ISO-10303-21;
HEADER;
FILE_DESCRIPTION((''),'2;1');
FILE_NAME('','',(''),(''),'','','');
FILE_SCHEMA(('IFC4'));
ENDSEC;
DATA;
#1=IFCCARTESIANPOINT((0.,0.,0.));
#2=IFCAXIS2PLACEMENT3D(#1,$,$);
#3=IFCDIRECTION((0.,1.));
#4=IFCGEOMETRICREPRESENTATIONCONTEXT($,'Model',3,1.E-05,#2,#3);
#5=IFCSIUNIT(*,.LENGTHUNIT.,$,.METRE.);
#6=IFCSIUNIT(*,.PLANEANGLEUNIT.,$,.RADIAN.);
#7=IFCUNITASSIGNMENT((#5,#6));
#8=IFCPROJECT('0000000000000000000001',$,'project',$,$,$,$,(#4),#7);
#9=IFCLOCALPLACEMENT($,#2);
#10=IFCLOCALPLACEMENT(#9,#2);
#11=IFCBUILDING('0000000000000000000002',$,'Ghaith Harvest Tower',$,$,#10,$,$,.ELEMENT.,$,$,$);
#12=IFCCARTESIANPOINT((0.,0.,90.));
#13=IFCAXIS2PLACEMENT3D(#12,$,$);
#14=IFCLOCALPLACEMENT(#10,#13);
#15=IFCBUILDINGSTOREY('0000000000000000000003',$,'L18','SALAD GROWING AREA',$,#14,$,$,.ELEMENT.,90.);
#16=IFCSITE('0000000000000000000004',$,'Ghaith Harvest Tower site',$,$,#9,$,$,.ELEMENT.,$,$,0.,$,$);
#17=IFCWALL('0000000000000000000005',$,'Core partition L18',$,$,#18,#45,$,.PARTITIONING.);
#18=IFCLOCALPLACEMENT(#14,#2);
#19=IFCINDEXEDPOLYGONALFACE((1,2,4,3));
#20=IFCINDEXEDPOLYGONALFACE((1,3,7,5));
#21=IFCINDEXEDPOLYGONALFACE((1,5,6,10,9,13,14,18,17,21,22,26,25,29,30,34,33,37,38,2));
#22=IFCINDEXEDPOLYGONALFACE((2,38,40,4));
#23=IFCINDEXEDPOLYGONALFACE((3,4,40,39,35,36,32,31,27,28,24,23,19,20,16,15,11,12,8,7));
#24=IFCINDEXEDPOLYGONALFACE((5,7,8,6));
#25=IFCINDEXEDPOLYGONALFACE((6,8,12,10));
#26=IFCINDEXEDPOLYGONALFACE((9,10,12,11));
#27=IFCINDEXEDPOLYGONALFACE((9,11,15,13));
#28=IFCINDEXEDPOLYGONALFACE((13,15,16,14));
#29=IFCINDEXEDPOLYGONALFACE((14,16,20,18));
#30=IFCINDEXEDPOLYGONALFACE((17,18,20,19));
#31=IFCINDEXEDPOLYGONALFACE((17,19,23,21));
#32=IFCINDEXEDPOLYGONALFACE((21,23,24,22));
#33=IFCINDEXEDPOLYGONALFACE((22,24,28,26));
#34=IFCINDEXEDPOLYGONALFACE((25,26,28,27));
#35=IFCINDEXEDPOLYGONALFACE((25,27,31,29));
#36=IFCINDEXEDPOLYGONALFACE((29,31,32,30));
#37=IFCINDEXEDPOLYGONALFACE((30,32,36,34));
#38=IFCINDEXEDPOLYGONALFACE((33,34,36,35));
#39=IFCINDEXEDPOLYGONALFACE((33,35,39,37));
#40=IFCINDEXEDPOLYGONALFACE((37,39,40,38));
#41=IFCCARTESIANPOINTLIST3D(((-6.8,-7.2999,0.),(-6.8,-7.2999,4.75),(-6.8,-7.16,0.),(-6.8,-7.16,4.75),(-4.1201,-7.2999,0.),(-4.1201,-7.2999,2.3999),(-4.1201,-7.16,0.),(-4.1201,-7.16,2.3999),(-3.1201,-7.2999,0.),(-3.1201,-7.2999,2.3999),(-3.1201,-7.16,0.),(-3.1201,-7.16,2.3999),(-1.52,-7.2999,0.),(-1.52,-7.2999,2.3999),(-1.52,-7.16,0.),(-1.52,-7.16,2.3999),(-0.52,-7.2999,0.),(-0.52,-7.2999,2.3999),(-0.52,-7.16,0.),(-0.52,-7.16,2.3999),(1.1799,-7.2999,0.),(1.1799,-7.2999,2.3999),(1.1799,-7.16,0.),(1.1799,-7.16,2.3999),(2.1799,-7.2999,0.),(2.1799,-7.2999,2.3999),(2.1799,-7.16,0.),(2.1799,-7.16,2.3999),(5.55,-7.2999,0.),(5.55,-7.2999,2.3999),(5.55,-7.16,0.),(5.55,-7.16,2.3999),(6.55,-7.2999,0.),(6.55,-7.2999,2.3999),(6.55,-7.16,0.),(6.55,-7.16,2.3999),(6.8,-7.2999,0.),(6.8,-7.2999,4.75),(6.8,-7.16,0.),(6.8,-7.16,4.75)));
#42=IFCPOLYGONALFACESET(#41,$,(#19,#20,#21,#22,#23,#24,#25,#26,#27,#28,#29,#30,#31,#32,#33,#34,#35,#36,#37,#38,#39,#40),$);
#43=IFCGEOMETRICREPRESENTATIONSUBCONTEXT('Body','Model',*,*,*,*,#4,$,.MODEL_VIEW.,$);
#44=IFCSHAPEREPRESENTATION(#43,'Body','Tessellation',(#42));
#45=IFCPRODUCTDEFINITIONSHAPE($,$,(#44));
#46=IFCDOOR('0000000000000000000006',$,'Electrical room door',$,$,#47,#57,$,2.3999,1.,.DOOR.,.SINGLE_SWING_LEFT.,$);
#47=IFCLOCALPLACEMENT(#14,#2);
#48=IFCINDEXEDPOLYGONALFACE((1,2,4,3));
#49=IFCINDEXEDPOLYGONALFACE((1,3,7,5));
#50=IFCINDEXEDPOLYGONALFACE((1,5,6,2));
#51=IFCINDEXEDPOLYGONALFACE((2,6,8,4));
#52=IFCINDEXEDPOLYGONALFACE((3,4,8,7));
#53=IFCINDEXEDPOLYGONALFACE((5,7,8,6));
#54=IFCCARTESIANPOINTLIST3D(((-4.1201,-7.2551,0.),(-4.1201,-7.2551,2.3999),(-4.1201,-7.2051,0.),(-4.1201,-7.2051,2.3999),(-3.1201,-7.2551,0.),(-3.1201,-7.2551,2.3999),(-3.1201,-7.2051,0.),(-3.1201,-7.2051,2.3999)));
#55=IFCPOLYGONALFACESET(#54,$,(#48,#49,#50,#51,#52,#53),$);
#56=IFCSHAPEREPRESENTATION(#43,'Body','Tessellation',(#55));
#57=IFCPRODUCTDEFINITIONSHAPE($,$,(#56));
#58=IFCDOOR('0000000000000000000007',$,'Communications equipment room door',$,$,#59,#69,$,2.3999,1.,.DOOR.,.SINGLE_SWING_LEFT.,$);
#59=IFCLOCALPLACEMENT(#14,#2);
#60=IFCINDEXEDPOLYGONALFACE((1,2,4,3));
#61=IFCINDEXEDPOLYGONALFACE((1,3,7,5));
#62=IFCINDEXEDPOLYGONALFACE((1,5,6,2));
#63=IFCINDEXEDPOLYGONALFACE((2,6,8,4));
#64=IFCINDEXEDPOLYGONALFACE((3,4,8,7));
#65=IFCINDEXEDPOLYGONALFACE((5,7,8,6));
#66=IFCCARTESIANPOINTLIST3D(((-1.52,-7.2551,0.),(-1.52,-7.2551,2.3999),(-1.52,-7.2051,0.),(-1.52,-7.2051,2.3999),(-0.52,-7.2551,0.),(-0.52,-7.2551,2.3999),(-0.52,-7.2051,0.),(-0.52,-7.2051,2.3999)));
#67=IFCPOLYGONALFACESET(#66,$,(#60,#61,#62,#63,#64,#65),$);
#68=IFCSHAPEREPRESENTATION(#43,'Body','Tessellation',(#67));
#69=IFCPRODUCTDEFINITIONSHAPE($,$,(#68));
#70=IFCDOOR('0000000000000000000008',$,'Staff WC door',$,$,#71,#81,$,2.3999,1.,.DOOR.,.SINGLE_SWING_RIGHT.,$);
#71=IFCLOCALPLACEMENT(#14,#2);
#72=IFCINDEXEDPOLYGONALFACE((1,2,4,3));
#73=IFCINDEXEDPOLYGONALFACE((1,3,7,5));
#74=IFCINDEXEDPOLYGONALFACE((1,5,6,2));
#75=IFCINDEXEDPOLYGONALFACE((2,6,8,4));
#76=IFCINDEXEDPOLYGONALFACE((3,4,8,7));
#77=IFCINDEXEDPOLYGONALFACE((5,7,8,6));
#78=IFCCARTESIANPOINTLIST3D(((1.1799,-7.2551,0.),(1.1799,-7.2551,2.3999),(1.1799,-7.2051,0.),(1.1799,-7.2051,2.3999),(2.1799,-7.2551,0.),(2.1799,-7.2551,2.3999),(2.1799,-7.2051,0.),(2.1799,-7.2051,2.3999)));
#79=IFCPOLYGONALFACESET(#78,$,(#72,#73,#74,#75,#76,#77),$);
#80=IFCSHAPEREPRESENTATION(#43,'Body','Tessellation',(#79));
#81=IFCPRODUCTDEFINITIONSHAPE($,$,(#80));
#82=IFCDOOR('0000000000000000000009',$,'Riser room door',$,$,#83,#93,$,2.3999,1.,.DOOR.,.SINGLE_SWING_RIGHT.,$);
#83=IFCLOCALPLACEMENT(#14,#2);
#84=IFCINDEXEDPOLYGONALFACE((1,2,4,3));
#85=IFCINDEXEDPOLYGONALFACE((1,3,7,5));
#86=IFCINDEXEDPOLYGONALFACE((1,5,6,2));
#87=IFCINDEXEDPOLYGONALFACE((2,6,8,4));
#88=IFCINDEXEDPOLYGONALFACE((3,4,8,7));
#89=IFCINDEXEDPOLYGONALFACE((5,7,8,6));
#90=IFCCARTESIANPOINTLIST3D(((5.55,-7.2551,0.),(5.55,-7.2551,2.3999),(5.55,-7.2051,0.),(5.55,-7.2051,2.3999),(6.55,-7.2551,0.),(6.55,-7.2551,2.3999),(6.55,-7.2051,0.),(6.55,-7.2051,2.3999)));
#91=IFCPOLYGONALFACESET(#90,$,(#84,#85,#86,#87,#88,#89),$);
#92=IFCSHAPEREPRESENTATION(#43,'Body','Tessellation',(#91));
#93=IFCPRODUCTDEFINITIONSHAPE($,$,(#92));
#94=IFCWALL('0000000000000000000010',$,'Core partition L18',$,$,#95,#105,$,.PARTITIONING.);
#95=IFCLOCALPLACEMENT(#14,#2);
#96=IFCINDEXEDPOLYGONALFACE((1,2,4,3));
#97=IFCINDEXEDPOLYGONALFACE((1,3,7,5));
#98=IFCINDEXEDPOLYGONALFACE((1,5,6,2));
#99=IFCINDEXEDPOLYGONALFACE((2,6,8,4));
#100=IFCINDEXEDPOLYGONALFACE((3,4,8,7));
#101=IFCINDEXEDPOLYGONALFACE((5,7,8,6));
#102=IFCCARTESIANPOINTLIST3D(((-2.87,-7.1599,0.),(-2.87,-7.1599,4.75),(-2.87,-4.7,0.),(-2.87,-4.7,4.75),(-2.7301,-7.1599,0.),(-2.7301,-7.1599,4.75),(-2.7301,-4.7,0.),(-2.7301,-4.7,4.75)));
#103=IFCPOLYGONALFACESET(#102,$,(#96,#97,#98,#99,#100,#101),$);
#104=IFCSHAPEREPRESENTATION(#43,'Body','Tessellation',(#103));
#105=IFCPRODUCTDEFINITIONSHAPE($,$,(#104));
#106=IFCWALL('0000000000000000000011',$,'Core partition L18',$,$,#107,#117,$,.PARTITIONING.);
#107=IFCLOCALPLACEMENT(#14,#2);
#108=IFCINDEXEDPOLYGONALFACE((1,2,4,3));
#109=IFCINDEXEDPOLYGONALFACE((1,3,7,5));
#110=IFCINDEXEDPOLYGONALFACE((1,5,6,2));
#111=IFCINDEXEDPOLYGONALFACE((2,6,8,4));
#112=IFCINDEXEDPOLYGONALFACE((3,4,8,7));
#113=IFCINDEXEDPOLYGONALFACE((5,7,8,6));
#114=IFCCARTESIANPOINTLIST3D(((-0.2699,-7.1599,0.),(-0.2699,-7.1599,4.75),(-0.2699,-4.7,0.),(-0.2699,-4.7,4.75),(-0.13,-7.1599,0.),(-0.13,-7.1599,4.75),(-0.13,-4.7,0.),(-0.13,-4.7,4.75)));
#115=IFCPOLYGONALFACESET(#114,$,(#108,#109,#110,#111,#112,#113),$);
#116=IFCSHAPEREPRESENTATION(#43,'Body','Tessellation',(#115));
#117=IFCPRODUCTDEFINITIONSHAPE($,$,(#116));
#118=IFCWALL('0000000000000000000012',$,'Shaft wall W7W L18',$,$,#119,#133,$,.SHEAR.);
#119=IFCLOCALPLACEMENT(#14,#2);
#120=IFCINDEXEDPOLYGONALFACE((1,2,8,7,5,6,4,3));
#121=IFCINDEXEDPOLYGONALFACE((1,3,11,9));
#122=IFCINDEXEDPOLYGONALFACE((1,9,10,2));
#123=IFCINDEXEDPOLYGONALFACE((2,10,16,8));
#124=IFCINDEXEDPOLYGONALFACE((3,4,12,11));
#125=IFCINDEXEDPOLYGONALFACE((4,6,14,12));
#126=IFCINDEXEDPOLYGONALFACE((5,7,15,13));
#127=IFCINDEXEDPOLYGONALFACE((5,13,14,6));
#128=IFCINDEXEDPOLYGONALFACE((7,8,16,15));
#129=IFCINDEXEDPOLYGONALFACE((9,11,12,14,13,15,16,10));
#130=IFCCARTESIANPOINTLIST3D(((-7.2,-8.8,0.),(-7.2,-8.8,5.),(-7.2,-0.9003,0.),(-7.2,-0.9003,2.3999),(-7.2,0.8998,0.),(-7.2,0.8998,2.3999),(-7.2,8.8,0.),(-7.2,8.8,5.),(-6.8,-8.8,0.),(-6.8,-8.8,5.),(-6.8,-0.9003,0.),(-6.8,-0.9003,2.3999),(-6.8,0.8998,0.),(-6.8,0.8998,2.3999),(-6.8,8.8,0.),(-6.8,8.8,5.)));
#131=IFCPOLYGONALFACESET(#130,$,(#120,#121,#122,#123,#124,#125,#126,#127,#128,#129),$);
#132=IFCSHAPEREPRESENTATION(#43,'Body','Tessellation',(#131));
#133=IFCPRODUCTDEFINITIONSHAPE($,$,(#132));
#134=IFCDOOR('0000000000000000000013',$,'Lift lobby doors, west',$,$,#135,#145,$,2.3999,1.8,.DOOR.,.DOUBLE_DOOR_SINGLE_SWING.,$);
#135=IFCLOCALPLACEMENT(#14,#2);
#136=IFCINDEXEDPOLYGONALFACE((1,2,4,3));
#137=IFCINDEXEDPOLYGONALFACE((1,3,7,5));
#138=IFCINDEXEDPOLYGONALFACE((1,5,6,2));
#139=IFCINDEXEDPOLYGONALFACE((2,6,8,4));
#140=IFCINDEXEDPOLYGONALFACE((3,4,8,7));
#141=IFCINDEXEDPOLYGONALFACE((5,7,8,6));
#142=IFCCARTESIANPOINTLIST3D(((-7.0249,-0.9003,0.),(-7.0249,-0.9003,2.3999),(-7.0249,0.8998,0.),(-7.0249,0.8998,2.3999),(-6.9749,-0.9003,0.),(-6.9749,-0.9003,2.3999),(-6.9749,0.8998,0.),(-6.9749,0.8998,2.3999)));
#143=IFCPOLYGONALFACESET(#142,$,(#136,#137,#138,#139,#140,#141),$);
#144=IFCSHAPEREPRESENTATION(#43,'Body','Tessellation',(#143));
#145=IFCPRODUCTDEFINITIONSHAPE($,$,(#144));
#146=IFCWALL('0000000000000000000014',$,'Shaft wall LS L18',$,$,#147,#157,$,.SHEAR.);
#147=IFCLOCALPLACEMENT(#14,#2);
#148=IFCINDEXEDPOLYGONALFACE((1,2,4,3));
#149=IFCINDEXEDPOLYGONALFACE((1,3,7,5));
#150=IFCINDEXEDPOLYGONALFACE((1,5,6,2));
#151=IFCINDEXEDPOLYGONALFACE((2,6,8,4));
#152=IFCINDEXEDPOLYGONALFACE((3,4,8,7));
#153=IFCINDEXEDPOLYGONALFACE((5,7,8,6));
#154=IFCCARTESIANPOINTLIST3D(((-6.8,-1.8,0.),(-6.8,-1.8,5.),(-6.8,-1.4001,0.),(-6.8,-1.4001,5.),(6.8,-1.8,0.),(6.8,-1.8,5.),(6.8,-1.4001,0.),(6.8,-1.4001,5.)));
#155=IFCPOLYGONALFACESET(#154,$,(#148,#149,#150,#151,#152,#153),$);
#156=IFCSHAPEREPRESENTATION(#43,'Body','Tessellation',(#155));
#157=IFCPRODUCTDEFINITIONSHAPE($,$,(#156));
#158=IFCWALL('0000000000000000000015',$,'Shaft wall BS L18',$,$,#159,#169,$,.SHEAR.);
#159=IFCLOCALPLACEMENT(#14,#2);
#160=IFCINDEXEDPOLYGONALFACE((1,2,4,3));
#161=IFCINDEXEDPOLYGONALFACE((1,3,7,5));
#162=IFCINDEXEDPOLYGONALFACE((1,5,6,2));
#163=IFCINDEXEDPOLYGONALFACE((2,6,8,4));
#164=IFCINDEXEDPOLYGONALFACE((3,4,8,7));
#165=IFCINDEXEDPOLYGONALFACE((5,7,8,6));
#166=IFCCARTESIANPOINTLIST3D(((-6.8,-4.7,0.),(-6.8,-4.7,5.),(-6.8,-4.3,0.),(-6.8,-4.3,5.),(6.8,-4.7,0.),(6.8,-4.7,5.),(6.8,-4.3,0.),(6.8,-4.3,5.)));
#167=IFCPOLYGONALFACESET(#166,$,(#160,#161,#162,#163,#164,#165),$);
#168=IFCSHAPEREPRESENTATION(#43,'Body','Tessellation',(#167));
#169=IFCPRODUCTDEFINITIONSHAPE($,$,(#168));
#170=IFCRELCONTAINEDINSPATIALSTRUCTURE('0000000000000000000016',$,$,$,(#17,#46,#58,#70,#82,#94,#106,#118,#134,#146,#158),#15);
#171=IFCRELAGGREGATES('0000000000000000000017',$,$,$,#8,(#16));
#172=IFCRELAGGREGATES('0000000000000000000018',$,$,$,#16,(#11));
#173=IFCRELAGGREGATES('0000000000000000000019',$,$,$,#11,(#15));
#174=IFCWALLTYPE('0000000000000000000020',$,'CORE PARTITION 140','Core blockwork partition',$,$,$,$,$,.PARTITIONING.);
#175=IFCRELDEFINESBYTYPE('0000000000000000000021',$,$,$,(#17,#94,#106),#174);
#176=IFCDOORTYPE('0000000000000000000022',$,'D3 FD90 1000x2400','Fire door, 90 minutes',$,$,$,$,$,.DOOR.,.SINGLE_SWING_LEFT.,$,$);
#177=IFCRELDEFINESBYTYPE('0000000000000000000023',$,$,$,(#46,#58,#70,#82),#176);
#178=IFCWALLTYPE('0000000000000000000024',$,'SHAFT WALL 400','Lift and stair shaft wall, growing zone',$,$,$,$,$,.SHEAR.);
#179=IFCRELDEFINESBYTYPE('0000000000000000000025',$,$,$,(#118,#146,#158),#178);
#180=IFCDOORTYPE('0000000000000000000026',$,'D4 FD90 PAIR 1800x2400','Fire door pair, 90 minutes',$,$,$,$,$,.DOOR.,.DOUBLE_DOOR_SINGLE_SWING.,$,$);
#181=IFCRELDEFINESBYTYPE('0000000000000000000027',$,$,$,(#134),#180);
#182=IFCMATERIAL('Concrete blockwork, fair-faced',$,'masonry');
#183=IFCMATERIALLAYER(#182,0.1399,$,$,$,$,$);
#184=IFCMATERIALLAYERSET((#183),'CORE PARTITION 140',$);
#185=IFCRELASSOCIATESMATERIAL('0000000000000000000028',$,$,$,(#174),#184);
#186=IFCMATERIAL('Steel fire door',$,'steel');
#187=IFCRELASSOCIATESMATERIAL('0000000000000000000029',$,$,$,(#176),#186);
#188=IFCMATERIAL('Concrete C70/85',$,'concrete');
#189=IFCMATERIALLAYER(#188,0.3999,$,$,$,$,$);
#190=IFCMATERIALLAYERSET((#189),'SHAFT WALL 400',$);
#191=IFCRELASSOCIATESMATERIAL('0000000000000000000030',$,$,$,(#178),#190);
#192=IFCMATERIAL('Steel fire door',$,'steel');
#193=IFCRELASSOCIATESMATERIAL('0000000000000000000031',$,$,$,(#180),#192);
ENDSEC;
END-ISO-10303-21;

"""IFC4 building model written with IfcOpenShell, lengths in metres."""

from ifc_helpers import new_model, si_unit, direction, frame, frame_2d, origin, place, context, subcontext, project, spatial, rectangle, extrude, material, layer, layer_set, type_object, element, fill, save


model = new_model("IFC4")

# Units and contexts
model_context = context("Model", 3, precision=1e-05, world=origin(), true_north=direction((0.0, 1.0)))
body_context = subcontext(model_context, "Body", "Model", "MODEL_VIEW")
ifc_project = project(units=[si_unit("LENGTHUNIT", "METRE"), si_unit("PLANEANGLEUNIT", "RADIAN")], contexts=[model_context])

# Site, building, storey
site_placement = place(None, origin())
site = spatial("IfcSite", under=ifc_project, at=site_placement, Name="Ghaith Harvest Tower site", CompositionType="ELEMENT", RefElevation=0.0)
building_placement = place(site_placement, origin())
building = spatial("IfcBuilding", under=site, at=building_placement, Name="Ghaith Harvest Tower", CompositionType="ELEMENT")
storey_placement = place(building_placement, frame((0.0, 0.0, 90.0)))
storey = spatial("IfcBuildingStorey", under=building, at=storey_placement, Name="L18", Description="SALAD GROWING AREA", CompositionType="ELEMENT", Elevation=90.0)

# Wall, openings, doors
ifc_material_1 = material(Name="Concrete blockwork, fair-faced", Category="masonry")
ifc_layer_1 = layer(ifc_material_1, 0.1399)
ifc_layer_set_1 = layer_set([ifc_layer_1], Name="CORE PARTITION 140")
wall_type_1 = type_object("IfcWallType", Name="CORE PARTITION 140", Description="Core blockwork partition", PredefinedType="PARTITIONING", material=ifc_layer_set_1)
wall_1_placement = place(storey_placement, frame((-6.8, -7.23, 0.0), z_axis=(0.0, 0.0, 1.0), x_axis=(1.0, 0.0, 0.0)))
wall_1 = element("IfcWall", 1, at=wall_1_placement, inside=storey, type_object=wall_type_1, Name="Core partition L18", PredefinedType="PARTITIONING", context=body_context, shape_type="SweptSolid", body=[
    extrude(rectangle(XDim=13.6001, YDim=0.1399, at=frame_2d((6.8, 0.0))), origin(), (0.0, 0.0, 1.0), 4.75),
])
opening_1_placement = place(wall_1_placement, frame((2.6799, 0.0, 0.0)))
opening_1 = element("IfcOpeningElement", 2, at=opening_1_placement, cuts=wall_1, PredefinedType="OPENING", context=body_context, shape_type="SweptSolid", body=[
    extrude(rectangle(XDim=1.0, YDim=2.3999, at=frame_2d((0.5, 1.2))), frame((0.0, 0.0801, 0.0), z_axis=(0.0, -1.0, 0.0), x_axis=(1.0, 0.0, 0.0)), (0.0, 0.0, 1.0), 0.1599),
])
opening_2_placement = place(wall_1_placement, frame((5.28, 0.0, 0.0)))
opening_2 = element("IfcOpeningElement", 3, at=opening_2_placement, cuts=wall_1, PredefinedType="OPENING", context=body_context, shape_type="SweptSolid", body=[
    extrude(rectangle(XDim=1.0, YDim=2.3999, at=frame_2d((0.5, 1.2))), frame((0.0, 0.0801, 0.0), z_axis=(0.0, -1.0, 0.0), x_axis=(1.0, 0.0, 0.0)), (0.0, 0.0, 1.0), 0.1599),
])
opening_3_placement = place(wall_1_placement, frame((7.98, 0.0, 0.0)))
opening_3 = element("IfcOpeningElement", 4, at=opening_3_placement, cuts=wall_1, PredefinedType="OPENING", context=body_context, shape_type="SweptSolid", body=[
    extrude(rectangle(XDim=1.0, YDim=2.3999, at=frame_2d((0.5, 1.2))), frame((0.0, 0.0801, 0.0), z_axis=(0.0, -1.0, 0.0), x_axis=(1.0, 0.0, 0.0)), (0.0, 0.0, 1.0), 0.1599),
])
opening_4_placement = place(wall_1_placement, frame((12.3501, 0.0, 0.0)))
opening_4 = element("IfcOpeningElement", 5, at=opening_4_placement, cuts=wall_1, PredefinedType="OPENING", context=body_context, shape_type="SweptSolid", body=[
    extrude(rectangle(XDim=1.0, YDim=2.3999, at=frame_2d((0.5, 1.2))), frame((0.0, 0.0801, 0.0), z_axis=(0.0, -1.0, 0.0), x_axis=(1.0, 0.0, 0.0)), (0.0, 0.0, 1.0), 0.1599),
])
ifc_material_2 = material(Name="Steel fire door", Category="steel")
door_type_1 = type_object("IfcDoorType", Name="D3 FD90 1000x2400", Description="Fire door, 90 minutes", OperationType="SINGLE_SWING_LEFT", PredefinedType="DOOR", material=ifc_material_2)
door_1_placement = place(opening_1_placement, origin())
door_1 = element("IfcDoor", 6, at=door_1_placement, inside=storey, type_object=door_type_1, Name="Electrical room door", OperationType="SINGLE_SWING_LEFT", OverallHeight=2.3999, OverallWidth=1.0, PredefinedType="DOOR", context=body_context, shape_type="SweptSolid", body=[
    extrude(rectangle(XDim=1.0, YDim=2.3999, at=frame_2d((0.5, 1.2))), frame((0.0, 0.0249, 0.0), z_axis=(0.0, -1.0, 0.0), x_axis=(1.0, 0.0, 0.0)), (0.0, 0.0, 1.0), 0.05),
])
fill(opening_1, door_1)
door_2_placement = place(opening_2_placement, origin())
door_2 = element("IfcDoor", 7, at=door_2_placement, inside=storey, type_object=door_type_1, Name="Communications equipment room door", OperationType="SINGLE_SWING_LEFT", OverallHeight=2.3999, OverallWidth=1.0, PredefinedType="DOOR", context=body_context, shape_type="SweptSolid", body=[
    extrude(rectangle(XDim=1.0, YDim=2.3999, at=frame_2d((0.5, 1.2))), frame((0.0, 0.0249, 0.0), z_axis=(0.0, -1.0, 0.0), x_axis=(1.0, 0.0, 0.0)), (0.0, 0.0, 1.0), 0.05),
])
fill(opening_2, door_2)
door_3_placement = place(opening_3_placement, origin())
door_3 = element("IfcDoor", 8, at=door_3_placement, inside=storey, type_object=door_type_1, Name="Staff WC door", OperationType="SINGLE_SWING_RIGHT", OverallHeight=2.3999, OverallWidth=1.0, PredefinedType="DOOR", context=body_context, shape_type="SweptSolid", body=[
    extrude(rectangle(XDim=1.0, YDim=2.3999, at=frame_2d((0.5, 1.2))), frame((0.0, 0.0249, 0.0), z_axis=(0.0, -1.0, 0.0), x_axis=(1.0, 0.0, 0.0)), (0.0, 0.0, 1.0), 0.05),
])
fill(opening_3, door_3)
door_4_placement = place(opening_4_placement, origin())
door_4 = element("IfcDoor", 9, at=door_4_placement, inside=storey, type_object=door_type_1, Name="Riser room door", OperationType="SINGLE_SWING_RIGHT", OverallHeight=2.3999, OverallWidth=1.0, PredefinedType="DOOR", context=body_context, shape_type="SweptSolid", body=[
    extrude(rectangle(XDim=1.0, YDim=2.3999, at=frame_2d((0.5, 1.2))), frame((0.0, 0.0249, 0.0), z_axis=(0.0, -1.0, 0.0), x_axis=(1.0, 0.0, 0.0)), (0.0, 0.0, 1.0), 0.05),
])
fill(opening_4, door_4)

# Walls
for number, where, z_axis, x_axis, name in (
    (10, (-2.8, -4.7, 0.0), (0.0, 0.0, 1.0), (0.0, -1.0, 0.0), "Core partition L18"),
    (11, (-0.2, -4.7, 0.0), (0.0, 0.0, 1.0), (0.0, -1.0, 0.0), "Core partition L18"),
):
    element("IfcWall", number, at=place(storey_placement, frame(where, z_axis=z_axis, x_axis=x_axis)), inside=storey, type_object=wall_type_1, Name=name, PredefinedType="PARTITIONING", context=body_context, shape_type="SweptSolid", body=[
        extrude(rectangle(XDim=2.46, YDim=0.1399, at=frame_2d((1.23, 0.0))), origin(), (0.0, 0.0, 1.0), 4.75),
    ])

# Wall, opening, door
ifc_material_3 = material(Name="Concrete C70/85", Category="concrete")
ifc_layer_2 = layer(ifc_material_3, 0.3999)
ifc_layer_set_2 = layer_set([ifc_layer_2], Name="SHAFT WALL 400")
wall_type_2 = type_object("IfcWallType", Name="SHAFT WALL 400", Description="Lift and stair shaft wall, growing zone", PredefinedType="SHEAR", material=ifc_layer_set_2)
wall_2_placement = place(storey_placement, frame((-7.0, -8.8, 0.0), z_axis=(0.0, 0.0, 1.0), x_axis=(0.0, 1.0, 0.0)))
wall_2 = element("IfcWall", 12, at=wall_2_placement, inside=storey, type_object=wall_type_2, Name="Shaft wall W7W L18", PredefinedType="SHEAR", context=body_context, shape_type="SweptSolid", body=[
    extrude(rectangle(XDim=17.6001, YDim=0.3999, at=frame_2d((8.8, 0.0))), origin(), (0.0, 0.0, 1.0), 5.0),
])
opening_5_placement = place(wall_2_placement, frame((7.8999, 0.0, 0.0)))
opening_5 = element("IfcOpeningElement", 13, at=opening_5_placement, cuts=wall_2, PredefinedType="OPENING", context=body_context, shape_type="SweptSolid", body=[
    extrude(rectangle(XDim=1.8, YDim=2.3999, at=frame_2d((0.8999, 1.2))), frame((0.0, 0.21, 0.0), z_axis=(0.0, -1.0, 0.0), x_axis=(1.0, 0.0, 0.0)), (0.0, 0.0, 1.0), 0.4199),
])
ifc_material_4 = material(Name="Steel fire door", Category="steel")
door_type_2 = type_object("IfcDoorType", Name="D4 FD90 PAIR 1800x2400", Description="Fire door pair, 90 minutes", OperationType="DOUBLE_DOOR_SINGLE_SWING", PredefinedType="DOOR", material=ifc_material_4)
door_5_placement = place(opening_5_placement, origin())
door_5 = element("IfcDoor", 14, at=door_5_placement, inside=storey, type_object=door_type_2, Name="Lift lobby doors, west", OperationType="DOUBLE_DOOR_SINGLE_SWING", OverallHeight=2.3999, OverallWidth=1.8, PredefinedType="DOOR", context=body_context, shape_type="SweptSolid", body=[
    extrude(rectangle(XDim=1.8, YDim=2.3999, at=frame_2d((0.8999, 1.2))), frame((0.0, 0.0249, 0.0), z_axis=(0.0, -1.0, 0.0), x_axis=(1.0, 0.0, 0.0)), (0.0, 0.0, 1.0), 0.05),
])
fill(opening_5, door_5)

# Walls
for number, where, z_axis, x_axis, name in (
    (15, (-6.8, -1.6001, 0.0), (0.0, 0.0, 1.0), (1.0, 0.0, 0.0), "Shaft wall LS L18"),
    (16, (-6.8, -4.5, 0.0), (0.0, 0.0, 1.0), (1.0, 0.0, 0.0), "Shaft wall BS L18"),
):
    element("IfcWall", number, at=place(storey_placement, frame(where, z_axis=z_axis, x_axis=x_axis)), inside=storey, type_object=wall_type_2, Name=name, PredefinedType="SHEAR", context=body_context, shape_type="SweptSolid", body=[
        extrude(rectangle(XDim=13.6001, YDim=0.3999, at=frame_2d((6.8, 0.0))), origin(), (0.0, 0.0, 1.0), 5.0),
    ])

save(model, "model.ifc")
